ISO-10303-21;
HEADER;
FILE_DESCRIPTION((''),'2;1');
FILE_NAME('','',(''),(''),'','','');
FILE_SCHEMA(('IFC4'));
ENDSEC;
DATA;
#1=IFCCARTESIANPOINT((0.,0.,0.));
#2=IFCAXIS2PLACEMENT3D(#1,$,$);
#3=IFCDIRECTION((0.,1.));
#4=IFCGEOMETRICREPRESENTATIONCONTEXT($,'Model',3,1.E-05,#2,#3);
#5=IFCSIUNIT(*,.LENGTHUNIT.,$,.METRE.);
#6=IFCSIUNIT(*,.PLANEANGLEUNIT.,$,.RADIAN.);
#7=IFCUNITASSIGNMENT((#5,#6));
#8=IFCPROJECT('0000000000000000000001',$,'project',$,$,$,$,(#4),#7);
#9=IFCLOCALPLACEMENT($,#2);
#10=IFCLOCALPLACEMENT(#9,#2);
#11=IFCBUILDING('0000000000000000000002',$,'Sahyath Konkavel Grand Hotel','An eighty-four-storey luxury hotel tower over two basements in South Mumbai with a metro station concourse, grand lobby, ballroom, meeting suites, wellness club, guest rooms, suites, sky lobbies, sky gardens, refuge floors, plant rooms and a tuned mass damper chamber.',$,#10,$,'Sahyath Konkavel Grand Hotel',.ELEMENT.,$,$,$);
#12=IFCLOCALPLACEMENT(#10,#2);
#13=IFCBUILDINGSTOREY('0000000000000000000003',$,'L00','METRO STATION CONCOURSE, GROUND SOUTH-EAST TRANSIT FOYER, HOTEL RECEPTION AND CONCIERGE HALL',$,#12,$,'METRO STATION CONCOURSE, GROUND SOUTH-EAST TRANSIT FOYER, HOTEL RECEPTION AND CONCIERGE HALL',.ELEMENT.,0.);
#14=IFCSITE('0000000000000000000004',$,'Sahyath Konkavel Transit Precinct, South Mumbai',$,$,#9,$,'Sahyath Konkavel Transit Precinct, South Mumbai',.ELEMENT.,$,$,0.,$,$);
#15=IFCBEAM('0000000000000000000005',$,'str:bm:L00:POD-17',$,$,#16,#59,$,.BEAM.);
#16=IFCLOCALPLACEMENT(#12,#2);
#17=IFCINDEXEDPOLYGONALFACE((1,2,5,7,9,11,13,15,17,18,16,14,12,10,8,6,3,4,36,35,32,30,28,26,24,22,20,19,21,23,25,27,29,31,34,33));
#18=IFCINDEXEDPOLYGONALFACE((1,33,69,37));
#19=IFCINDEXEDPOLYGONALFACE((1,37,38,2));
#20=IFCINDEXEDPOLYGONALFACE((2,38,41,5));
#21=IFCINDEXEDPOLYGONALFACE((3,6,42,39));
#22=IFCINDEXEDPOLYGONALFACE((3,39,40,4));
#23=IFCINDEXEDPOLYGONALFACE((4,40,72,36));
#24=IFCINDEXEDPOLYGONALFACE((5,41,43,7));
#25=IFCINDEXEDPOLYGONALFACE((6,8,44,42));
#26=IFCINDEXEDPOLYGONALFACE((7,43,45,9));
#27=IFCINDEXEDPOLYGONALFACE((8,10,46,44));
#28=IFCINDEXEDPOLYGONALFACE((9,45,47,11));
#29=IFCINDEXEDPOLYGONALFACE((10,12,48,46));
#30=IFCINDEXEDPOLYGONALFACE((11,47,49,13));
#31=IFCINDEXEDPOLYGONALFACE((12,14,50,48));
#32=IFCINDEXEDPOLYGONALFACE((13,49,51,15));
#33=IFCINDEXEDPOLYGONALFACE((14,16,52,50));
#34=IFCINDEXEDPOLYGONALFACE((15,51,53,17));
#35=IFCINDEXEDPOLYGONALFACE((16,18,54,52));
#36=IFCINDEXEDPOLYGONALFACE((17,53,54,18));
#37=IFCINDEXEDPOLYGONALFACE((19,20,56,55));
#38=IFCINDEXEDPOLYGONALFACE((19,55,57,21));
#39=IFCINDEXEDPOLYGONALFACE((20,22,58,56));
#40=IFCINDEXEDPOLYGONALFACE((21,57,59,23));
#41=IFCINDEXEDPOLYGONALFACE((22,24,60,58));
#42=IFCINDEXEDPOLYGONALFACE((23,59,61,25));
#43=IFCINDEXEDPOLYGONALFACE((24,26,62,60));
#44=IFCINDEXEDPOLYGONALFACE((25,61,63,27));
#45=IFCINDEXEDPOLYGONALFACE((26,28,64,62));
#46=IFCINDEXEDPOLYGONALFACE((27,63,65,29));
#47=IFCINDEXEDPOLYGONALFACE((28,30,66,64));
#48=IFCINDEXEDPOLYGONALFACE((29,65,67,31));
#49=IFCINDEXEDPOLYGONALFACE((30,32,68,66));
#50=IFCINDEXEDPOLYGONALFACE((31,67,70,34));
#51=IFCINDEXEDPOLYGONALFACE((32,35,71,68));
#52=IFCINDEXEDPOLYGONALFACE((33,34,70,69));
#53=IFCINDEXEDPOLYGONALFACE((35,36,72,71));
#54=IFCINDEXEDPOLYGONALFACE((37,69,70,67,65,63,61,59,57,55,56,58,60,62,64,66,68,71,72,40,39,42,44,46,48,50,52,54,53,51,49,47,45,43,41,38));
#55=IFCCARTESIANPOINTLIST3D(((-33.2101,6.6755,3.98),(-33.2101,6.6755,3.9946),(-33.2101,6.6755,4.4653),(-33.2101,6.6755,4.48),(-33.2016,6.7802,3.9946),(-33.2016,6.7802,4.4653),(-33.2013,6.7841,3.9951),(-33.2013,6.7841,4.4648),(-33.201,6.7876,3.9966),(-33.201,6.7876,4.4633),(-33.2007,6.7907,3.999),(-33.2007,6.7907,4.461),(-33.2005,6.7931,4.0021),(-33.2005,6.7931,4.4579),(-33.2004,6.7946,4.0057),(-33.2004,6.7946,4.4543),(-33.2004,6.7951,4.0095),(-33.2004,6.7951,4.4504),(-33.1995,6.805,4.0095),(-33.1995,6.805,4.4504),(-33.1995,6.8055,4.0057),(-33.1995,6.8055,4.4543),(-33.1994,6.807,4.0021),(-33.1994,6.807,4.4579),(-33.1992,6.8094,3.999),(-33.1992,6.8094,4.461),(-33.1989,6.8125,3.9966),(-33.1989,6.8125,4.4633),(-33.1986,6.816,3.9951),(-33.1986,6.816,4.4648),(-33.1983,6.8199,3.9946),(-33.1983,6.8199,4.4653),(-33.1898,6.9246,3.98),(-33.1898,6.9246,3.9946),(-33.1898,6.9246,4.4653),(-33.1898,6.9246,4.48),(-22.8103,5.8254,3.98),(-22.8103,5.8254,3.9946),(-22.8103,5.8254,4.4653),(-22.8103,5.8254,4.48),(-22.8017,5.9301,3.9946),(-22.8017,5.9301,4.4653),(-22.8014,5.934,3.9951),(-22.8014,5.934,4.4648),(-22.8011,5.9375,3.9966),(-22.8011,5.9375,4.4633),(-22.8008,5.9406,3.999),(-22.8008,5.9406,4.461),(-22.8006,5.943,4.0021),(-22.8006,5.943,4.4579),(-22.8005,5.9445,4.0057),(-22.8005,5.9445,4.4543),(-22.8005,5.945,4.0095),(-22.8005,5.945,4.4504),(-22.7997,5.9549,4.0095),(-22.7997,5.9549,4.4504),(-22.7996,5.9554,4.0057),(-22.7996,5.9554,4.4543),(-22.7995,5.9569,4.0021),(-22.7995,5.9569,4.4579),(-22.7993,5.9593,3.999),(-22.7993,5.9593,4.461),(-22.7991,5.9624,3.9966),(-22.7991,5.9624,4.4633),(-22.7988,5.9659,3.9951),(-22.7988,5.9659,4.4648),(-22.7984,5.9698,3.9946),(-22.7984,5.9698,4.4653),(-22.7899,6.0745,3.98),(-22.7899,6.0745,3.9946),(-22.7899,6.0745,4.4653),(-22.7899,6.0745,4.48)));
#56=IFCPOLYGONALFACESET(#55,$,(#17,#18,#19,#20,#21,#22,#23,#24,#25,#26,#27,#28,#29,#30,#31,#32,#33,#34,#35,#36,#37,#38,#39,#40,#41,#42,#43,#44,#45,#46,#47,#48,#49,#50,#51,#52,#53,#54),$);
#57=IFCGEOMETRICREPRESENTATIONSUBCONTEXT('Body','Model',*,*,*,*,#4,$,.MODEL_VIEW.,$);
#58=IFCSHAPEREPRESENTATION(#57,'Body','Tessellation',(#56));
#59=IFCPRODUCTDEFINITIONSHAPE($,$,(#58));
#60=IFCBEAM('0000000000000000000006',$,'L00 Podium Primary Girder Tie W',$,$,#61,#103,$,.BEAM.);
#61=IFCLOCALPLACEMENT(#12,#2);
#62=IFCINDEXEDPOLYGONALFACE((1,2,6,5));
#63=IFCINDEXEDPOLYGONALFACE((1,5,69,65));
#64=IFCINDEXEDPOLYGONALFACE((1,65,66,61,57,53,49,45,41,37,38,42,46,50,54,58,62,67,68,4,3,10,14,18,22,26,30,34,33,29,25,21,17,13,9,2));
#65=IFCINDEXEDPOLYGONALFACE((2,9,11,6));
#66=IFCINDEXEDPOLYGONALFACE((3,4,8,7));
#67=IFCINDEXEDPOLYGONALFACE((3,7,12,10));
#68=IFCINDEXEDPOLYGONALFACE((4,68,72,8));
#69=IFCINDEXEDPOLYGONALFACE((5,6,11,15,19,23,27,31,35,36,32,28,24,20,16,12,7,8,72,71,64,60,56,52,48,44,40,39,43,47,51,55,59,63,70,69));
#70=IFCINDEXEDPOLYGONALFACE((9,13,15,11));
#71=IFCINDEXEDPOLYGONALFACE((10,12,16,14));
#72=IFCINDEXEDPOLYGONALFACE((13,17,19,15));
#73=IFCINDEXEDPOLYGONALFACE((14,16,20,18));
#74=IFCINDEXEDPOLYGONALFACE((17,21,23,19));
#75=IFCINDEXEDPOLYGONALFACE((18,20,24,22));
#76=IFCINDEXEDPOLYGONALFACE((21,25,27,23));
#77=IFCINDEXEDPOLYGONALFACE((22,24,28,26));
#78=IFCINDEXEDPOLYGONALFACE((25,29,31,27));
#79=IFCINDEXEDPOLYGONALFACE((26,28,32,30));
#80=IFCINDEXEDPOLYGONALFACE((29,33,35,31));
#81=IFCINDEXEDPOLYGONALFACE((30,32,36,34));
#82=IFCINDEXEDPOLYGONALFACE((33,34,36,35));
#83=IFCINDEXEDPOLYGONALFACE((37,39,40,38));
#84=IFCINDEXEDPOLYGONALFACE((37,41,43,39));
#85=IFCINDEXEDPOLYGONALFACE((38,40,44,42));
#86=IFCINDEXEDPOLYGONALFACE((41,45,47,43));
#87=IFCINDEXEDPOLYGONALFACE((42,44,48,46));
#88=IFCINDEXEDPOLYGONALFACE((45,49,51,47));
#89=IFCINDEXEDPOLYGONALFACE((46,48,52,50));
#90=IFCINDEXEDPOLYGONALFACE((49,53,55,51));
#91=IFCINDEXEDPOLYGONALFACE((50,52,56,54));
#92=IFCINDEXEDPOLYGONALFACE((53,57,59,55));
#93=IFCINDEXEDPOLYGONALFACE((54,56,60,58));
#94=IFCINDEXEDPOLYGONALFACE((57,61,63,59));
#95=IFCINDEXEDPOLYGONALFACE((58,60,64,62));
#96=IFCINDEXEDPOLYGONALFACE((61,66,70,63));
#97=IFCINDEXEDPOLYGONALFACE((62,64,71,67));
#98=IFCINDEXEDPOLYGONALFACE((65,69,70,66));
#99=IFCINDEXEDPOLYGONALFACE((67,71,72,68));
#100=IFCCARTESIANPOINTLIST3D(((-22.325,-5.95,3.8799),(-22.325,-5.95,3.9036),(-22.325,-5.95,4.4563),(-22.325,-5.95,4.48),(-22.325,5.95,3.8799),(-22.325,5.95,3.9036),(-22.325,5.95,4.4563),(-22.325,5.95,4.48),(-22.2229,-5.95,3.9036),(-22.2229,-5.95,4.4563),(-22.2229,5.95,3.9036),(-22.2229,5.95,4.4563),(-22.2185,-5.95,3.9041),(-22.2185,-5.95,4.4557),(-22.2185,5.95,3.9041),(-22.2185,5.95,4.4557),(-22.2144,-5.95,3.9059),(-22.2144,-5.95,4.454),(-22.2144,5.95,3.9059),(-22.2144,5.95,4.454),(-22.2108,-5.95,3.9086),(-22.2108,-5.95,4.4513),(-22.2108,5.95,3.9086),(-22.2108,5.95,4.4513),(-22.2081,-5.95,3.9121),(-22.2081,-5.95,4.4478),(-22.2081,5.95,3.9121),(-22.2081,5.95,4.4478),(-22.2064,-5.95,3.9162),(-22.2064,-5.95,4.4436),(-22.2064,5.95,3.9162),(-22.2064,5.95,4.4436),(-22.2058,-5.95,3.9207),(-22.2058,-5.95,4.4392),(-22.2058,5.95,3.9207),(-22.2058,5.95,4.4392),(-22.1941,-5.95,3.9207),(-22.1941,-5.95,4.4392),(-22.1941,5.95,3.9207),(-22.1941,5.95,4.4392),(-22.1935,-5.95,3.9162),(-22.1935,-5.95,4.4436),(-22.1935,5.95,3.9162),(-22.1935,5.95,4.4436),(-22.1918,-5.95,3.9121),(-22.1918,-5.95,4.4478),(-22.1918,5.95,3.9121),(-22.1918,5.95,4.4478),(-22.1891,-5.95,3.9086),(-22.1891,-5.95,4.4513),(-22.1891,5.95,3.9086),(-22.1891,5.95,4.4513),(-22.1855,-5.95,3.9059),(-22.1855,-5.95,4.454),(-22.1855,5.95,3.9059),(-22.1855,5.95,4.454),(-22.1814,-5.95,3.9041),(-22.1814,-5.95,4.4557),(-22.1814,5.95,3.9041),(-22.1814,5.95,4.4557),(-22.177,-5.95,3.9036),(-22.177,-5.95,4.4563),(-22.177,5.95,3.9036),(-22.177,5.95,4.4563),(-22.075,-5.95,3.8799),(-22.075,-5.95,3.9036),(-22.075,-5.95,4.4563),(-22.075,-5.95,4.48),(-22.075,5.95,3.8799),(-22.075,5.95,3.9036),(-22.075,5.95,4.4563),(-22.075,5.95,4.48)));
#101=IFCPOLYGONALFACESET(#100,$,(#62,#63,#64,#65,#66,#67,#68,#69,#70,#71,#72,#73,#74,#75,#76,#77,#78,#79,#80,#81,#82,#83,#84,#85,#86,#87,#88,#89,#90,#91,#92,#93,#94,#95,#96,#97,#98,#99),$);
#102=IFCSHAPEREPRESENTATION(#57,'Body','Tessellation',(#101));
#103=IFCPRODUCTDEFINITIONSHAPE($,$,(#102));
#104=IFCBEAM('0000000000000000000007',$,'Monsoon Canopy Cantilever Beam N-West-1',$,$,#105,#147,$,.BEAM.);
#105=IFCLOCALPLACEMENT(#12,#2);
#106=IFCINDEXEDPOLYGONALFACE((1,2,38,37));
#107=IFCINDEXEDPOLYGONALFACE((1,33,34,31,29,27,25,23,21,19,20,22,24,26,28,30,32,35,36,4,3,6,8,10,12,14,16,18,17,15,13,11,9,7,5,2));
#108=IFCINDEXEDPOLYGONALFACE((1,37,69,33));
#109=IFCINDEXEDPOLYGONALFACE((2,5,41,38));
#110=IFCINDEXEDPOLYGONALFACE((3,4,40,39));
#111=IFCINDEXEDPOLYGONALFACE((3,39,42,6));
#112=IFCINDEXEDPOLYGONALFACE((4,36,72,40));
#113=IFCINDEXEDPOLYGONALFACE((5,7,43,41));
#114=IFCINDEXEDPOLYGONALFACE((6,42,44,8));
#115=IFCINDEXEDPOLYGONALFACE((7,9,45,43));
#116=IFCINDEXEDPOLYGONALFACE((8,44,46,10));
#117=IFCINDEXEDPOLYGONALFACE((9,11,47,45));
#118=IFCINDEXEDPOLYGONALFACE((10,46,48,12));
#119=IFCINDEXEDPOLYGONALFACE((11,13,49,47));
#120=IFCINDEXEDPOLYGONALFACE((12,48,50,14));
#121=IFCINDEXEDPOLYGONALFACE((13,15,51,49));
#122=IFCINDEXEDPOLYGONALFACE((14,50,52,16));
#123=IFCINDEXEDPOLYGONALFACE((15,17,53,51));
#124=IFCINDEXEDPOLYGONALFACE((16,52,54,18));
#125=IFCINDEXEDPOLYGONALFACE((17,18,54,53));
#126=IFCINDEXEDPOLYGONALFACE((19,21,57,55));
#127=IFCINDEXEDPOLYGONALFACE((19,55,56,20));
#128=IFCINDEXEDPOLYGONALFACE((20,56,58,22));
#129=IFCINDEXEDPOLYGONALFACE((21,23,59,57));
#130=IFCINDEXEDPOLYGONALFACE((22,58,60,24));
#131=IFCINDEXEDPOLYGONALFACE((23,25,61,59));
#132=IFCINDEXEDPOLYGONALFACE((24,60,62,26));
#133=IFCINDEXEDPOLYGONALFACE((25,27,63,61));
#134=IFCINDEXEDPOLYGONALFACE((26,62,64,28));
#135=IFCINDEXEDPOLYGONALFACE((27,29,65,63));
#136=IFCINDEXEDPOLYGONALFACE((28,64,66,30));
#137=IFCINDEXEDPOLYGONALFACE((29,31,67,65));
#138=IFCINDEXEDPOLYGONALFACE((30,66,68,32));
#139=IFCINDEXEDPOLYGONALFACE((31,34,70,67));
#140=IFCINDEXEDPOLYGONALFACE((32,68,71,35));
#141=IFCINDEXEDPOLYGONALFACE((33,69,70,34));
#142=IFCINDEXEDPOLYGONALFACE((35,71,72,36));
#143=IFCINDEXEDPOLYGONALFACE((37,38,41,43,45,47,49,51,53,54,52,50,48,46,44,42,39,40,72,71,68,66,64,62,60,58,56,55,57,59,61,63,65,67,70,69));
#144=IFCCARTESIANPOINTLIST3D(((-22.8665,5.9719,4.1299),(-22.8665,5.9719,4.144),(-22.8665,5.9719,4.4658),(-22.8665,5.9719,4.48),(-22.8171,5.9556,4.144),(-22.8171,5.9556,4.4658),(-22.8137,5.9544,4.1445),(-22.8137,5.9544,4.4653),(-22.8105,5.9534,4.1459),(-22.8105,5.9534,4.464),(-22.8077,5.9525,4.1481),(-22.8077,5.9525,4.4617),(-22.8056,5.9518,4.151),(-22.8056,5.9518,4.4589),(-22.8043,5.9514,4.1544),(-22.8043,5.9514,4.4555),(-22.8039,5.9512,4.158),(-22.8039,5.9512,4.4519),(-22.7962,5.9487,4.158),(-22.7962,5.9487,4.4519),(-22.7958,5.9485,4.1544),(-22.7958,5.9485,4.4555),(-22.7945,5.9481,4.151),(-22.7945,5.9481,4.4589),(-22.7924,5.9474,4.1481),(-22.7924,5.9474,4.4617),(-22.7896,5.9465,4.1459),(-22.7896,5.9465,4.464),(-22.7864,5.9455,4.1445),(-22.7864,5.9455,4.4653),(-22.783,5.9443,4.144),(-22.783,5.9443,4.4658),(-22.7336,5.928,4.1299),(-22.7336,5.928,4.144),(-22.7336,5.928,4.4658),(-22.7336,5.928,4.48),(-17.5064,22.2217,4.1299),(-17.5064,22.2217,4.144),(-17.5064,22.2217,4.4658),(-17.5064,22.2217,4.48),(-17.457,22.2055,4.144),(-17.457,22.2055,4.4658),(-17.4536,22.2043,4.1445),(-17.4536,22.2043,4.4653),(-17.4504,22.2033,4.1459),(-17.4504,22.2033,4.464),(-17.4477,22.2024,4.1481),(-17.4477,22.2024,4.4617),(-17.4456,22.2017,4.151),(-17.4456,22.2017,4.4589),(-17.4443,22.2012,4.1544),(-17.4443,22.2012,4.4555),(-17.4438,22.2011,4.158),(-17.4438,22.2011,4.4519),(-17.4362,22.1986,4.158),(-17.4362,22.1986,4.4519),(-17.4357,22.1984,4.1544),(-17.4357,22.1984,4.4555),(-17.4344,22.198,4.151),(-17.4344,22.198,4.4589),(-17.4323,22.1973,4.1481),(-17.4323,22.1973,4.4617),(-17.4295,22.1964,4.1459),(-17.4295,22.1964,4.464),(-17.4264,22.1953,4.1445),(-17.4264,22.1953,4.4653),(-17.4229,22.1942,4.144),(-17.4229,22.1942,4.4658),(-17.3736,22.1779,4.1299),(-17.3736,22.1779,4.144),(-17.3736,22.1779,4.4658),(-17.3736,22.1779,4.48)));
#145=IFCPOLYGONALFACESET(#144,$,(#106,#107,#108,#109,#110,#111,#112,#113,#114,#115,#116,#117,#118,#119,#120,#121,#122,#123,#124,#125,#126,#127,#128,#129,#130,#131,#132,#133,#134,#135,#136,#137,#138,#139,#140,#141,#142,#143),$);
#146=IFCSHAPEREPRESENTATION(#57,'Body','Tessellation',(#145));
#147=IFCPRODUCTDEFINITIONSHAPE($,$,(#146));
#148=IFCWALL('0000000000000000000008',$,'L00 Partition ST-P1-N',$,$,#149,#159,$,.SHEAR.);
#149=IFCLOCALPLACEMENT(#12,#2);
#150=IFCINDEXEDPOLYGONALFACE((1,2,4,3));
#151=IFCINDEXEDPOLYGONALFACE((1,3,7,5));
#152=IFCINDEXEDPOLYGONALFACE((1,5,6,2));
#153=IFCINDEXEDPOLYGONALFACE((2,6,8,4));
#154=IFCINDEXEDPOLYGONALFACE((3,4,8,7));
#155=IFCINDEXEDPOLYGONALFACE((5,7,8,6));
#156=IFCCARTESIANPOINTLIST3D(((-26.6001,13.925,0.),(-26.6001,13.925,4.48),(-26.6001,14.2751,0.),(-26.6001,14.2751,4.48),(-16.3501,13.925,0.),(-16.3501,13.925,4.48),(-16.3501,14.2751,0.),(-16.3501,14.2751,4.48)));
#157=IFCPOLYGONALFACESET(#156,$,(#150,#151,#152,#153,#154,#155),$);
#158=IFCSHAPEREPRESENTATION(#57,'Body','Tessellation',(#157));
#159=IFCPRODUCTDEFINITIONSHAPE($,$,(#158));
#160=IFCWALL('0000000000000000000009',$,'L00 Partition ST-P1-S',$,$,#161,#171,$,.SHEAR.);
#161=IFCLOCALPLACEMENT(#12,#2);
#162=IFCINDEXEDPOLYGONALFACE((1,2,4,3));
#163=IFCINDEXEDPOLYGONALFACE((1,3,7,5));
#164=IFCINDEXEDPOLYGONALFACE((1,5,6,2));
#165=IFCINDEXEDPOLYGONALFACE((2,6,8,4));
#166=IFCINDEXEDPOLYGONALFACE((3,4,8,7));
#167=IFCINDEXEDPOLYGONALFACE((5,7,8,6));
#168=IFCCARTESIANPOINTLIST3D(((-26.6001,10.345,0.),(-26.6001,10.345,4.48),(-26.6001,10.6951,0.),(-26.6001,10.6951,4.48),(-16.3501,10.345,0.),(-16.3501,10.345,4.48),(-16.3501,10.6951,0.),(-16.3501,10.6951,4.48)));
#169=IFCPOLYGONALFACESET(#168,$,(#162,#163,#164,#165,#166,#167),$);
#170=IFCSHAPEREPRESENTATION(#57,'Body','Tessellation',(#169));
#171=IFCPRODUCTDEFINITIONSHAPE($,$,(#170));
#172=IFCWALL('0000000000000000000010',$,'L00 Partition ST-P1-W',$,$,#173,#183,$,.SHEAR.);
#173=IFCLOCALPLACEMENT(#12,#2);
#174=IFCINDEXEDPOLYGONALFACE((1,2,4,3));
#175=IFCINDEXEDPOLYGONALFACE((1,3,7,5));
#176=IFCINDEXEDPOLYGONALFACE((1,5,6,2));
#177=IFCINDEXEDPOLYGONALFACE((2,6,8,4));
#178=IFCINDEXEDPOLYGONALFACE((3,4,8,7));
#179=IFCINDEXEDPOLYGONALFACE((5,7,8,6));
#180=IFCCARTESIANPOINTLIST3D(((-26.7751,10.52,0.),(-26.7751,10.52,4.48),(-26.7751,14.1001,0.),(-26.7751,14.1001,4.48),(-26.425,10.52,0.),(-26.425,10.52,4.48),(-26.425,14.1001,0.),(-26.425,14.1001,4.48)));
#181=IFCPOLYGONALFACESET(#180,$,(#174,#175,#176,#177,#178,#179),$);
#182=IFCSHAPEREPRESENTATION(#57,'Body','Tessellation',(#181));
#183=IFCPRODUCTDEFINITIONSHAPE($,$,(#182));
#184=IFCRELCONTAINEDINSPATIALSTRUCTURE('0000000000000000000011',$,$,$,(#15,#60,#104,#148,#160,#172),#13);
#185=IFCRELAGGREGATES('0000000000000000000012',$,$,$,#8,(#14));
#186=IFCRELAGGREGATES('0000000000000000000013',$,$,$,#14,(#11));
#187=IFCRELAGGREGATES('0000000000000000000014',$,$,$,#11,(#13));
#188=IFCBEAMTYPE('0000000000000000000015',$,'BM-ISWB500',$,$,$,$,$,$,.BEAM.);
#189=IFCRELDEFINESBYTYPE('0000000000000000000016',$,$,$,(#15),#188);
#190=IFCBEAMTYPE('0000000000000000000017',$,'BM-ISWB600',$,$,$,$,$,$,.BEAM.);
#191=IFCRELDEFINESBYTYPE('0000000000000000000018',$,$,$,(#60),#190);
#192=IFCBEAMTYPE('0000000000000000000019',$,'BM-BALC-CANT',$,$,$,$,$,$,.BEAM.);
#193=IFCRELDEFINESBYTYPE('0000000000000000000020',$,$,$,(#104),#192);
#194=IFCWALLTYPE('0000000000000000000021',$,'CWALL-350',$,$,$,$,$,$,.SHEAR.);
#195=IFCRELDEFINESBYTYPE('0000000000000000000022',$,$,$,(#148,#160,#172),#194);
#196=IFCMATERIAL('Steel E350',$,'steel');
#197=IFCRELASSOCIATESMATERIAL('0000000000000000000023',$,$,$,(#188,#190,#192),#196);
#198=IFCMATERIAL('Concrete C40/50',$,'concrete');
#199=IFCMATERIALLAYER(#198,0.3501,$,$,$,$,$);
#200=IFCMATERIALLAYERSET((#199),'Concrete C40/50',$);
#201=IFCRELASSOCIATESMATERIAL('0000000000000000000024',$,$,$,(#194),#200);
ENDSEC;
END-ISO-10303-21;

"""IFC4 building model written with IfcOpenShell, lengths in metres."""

from ifc_helpers import new_model, si_unit, direction, frame, frame_2d, origin, origin_2d, place, context, subcontext, project, spatial, rectangle, i_section, extrude, source, transform, mapped, material, layer, layer_set, material_profile, profile_set, type_object, element, save


model = new_model("IFC4")

# Units and contexts
model_context = context("Model", 3, precision=1e-05, world=origin(), true_north=direction((0.0, 1.0)))
body_context = subcontext(model_context, "Body", "Model", "MODEL_VIEW")
ifc_project = project(units=[si_unit("LENGTHUNIT", "METRE"), si_unit("PLANEANGLEUNIT", "RADIAN")], contexts=[model_context])

# Site, building, storey
site_placement = place(None, origin())
site = spatial("IfcSite", under=ifc_project, at=site_placement, Name="Sahyath Konkavel Transit Precinct, South Mumbai", LongName="Sahyath Konkavel Transit Precinct, South Mumbai", CompositionType="ELEMENT", RefElevation=0.0)
building_placement = place(site_placement, origin())
building = spatial("IfcBuilding", under=site, at=building_placement, Name="Sahyath Konkavel Grand Hotel", Description="An eighty-four-storey luxury hotel tower over two basements in South Mumbai with a metro station concourse, grand lobby, ballroom, meeting suites, wellness club, guest rooms, suites, sky lobbies, sky gardens, refuge floors, plant rooms and a tuned mass damper chamber.", LongName="Sahyath Konkavel Grand Hotel", CompositionType="ELEMENT")
storey_placement = place(building_placement, origin())
storey = spatial("IfcBuildingStorey", under=building, at=storey_placement, Name="L00", Description="METRO STATION CONCOURSE, GROUND SOUTH-EAST TRANSIT FOYER, HOTEL RECEPTION AND CONCIERGE HALL", LongName="METRO STATION CONCOURSE, GROUND SOUTH-EAST TRANSIT FOYER, HOTEL RECEPTION AND CONCIERGE HALL", CompositionType="ELEMENT", Elevation=0.0)

# Shared definitions
ifc_material_1 = material(Name="Steel E350", Category="steel")

# Beams
ifc_material_profile_1 = material_profile(ifc_material_1, i_section(OverallWidth=0.25, OverallDepth=0.5, WebThickness=0.01, FlangeThickness=0.0146, FilletRadius=0.0149, at=origin_2d()), Name="ISWB 500")
ifc_profile_set_1 = profile_set([ifc_material_profile_1], Name="Steel E350")
beam_type_1 = type_object("IfcBeamType", Name="BM-ISWB500", PredefinedType="BEAM", material=ifc_profile_set_1)
shared_shape_1 = source(origin(), body_context, "Body", "SweptSolid", [
    extrude(i_section(OverallWidth=0.25, OverallDepth=0.5, WebThickness=0.01, FlangeThickness=0.0146, FilletRadius=0.0149, at=origin_2d()), origin(), (0.0, 0.0, 1.0), 10.4346),
])
beam_1_placement = place(storey_placement, frame((-33.2, 6.8, 4.23), z_axis=(0.996676, -0.081469, 0.0), x_axis=(0.081469, 0.996676, 0.0)))
element("IfcBeam", 1, at=beam_1_placement, inside=storey, type_object=beam_type_1, Name="str:bm:L00:POD-17", PredefinedType="BEAM", context=body_context, shape_type="MappedRepresentation", body=[
    mapped(shared_shape_1, transform((0.0, 0.0, 0.0), scale=1.0)),
])
ifc_material_profile_2 = material_profile(ifc_material_1, i_section(OverallWidth=0.25, OverallDepth=0.6001, WebThickness=0.0117, FlangeThickness=0.0237, FilletRadius=0.0171, at=origin_2d()), Name="ISWB 600")
ifc_profile_set_2 = profile_set([ifc_material_profile_2], Name="Steel E350")
beam_type_2 = type_object("IfcBeamType", Name="BM-ISWB600", PredefinedType="BEAM", material=ifc_profile_set_2)
shared_shape_2 = source(origin(), body_context, "Body", "SweptSolid", [
    extrude(i_section(OverallWidth=0.25, OverallDepth=0.6001, WebThickness=0.0117, FlangeThickness=0.0237, FilletRadius=0.0171, at=origin_2d()), origin(), (0.0, 0.0, 1.0), 11.8999),
])
beam_2_placement = place(storey_placement, frame((-22.2, 5.95, 4.1799), z_axis=(0.0, -1.0, 0.0), x_axis=(1.0, 0.0, 0.0)))
element("IfcBeam", 2, at=beam_2_placement, inside=storey, type_object=beam_type_2, Name="L00 Podium Primary Girder Tie W", PredefinedType="BEAM", context=body_context, shape_type="MappedRepresentation", body=[
    mapped(shared_shape_2, transform((0.0, 0.0, 0.0), scale=1.0)),
])
ifc_material_profile_3 = material_profile(ifc_material_1, i_section(OverallWidth=0.1399, OverallDepth=0.3501, WebThickness=0.0081, FlangeThickness=0.0142, FilletRadius=0.0139, at=origin_2d()), Name="ISMB 350")
ifc_profile_set_3 = profile_set([ifc_material_profile_3], Name="Steel E350")
beam_type_3 = type_object("IfcBeamType", Name="BM-BALC-CANT", PredefinedType="BEAM", material=ifc_profile_set_3)
shared_shape_3 = source(origin(), body_context, "Body", "SweptSolid", [
    extrude(i_section(OverallWidth=0.1399, OverallDepth=0.3501, WebThickness=0.0081, FlangeThickness=0.0142, FilletRadius=0.0139, at=origin_2d()), origin(), (0.0, 0.0, 1.0), 17.1111),
])
beam_3_placement = place(storey_placement, frame((-22.8, 5.95, 4.3049), z_axis=(0.313251, 0.94967, 0.0), x_axis=(-0.94967, 0.313251, 0.0)))
element("IfcBeam", 3, at=beam_3_placement, inside=storey, type_object=beam_type_3, Name="Monsoon Canopy Cantilever Beam N-West-1", PredefinedType="BEAM", context=body_context, shape_type="MappedRepresentation", body=[
    mapped(shared_shape_3, transform((0.0, 0.0, 0.0), scale=1.0)),
])

# Walls
ifc_material_2 = material(Name="Concrete C40/50", Category="concrete")
ifc_layer_1 = layer(ifc_material_2, 0.3501)
ifc_layer_set_1 = layer_set([ifc_layer_1], Name="Concrete C40/50")
wall_type_1 = type_object("IfcWallType", Name="CWALL-350", PredefinedType="SHEAR", material=ifc_layer_set_1)
for number, where, z_axis, x_axis, name in (
    (4, (-26.6001, 14.1001, 0.0), (0.0, 0.0, 1.0), (1.0, 0.0, 0.0), "L00 Partition ST-P1-N"),
    (5, (-26.6001, 10.52, 0.0), (0.0, 0.0, 1.0), (1.0, 0.0, 0.0), "L00 Partition ST-P1-S"),
):
    element("IfcWall", number, at=place(storey_placement, frame(where, z_axis=z_axis, x_axis=x_axis)), inside=storey, type_object=wall_type_1, Name=name, PredefinedType="SHEAR", context=body_context, shape_type="SweptSolid", body=[
        extrude(rectangle(XDim=10.25, YDim=0.3501, at=frame_2d((5.125, 0.0))), origin(), (0.0, 0.0, 1.0), 4.48),
    ])
wall_1_placement = place(storey_placement, frame((-26.6001, 10.52, 0.0), z_axis=(0.0, 0.0, 1.0), x_axis=(0.0, 1.0, 0.0)))
element("IfcWall", 6, at=wall_1_placement, inside=storey, type_object=wall_type_1, Name="L00 Partition ST-P1-W", PredefinedType="SHEAR", context=body_context, shape_type="SweptSolid", body=[
    extrude(rectangle(XDim=3.5801, YDim=0.3501, at=frame_2d((1.79, 0.0))), origin(), (0.0, 0.0, 1.0), 4.48),
])

save(model, "model.ifc")
